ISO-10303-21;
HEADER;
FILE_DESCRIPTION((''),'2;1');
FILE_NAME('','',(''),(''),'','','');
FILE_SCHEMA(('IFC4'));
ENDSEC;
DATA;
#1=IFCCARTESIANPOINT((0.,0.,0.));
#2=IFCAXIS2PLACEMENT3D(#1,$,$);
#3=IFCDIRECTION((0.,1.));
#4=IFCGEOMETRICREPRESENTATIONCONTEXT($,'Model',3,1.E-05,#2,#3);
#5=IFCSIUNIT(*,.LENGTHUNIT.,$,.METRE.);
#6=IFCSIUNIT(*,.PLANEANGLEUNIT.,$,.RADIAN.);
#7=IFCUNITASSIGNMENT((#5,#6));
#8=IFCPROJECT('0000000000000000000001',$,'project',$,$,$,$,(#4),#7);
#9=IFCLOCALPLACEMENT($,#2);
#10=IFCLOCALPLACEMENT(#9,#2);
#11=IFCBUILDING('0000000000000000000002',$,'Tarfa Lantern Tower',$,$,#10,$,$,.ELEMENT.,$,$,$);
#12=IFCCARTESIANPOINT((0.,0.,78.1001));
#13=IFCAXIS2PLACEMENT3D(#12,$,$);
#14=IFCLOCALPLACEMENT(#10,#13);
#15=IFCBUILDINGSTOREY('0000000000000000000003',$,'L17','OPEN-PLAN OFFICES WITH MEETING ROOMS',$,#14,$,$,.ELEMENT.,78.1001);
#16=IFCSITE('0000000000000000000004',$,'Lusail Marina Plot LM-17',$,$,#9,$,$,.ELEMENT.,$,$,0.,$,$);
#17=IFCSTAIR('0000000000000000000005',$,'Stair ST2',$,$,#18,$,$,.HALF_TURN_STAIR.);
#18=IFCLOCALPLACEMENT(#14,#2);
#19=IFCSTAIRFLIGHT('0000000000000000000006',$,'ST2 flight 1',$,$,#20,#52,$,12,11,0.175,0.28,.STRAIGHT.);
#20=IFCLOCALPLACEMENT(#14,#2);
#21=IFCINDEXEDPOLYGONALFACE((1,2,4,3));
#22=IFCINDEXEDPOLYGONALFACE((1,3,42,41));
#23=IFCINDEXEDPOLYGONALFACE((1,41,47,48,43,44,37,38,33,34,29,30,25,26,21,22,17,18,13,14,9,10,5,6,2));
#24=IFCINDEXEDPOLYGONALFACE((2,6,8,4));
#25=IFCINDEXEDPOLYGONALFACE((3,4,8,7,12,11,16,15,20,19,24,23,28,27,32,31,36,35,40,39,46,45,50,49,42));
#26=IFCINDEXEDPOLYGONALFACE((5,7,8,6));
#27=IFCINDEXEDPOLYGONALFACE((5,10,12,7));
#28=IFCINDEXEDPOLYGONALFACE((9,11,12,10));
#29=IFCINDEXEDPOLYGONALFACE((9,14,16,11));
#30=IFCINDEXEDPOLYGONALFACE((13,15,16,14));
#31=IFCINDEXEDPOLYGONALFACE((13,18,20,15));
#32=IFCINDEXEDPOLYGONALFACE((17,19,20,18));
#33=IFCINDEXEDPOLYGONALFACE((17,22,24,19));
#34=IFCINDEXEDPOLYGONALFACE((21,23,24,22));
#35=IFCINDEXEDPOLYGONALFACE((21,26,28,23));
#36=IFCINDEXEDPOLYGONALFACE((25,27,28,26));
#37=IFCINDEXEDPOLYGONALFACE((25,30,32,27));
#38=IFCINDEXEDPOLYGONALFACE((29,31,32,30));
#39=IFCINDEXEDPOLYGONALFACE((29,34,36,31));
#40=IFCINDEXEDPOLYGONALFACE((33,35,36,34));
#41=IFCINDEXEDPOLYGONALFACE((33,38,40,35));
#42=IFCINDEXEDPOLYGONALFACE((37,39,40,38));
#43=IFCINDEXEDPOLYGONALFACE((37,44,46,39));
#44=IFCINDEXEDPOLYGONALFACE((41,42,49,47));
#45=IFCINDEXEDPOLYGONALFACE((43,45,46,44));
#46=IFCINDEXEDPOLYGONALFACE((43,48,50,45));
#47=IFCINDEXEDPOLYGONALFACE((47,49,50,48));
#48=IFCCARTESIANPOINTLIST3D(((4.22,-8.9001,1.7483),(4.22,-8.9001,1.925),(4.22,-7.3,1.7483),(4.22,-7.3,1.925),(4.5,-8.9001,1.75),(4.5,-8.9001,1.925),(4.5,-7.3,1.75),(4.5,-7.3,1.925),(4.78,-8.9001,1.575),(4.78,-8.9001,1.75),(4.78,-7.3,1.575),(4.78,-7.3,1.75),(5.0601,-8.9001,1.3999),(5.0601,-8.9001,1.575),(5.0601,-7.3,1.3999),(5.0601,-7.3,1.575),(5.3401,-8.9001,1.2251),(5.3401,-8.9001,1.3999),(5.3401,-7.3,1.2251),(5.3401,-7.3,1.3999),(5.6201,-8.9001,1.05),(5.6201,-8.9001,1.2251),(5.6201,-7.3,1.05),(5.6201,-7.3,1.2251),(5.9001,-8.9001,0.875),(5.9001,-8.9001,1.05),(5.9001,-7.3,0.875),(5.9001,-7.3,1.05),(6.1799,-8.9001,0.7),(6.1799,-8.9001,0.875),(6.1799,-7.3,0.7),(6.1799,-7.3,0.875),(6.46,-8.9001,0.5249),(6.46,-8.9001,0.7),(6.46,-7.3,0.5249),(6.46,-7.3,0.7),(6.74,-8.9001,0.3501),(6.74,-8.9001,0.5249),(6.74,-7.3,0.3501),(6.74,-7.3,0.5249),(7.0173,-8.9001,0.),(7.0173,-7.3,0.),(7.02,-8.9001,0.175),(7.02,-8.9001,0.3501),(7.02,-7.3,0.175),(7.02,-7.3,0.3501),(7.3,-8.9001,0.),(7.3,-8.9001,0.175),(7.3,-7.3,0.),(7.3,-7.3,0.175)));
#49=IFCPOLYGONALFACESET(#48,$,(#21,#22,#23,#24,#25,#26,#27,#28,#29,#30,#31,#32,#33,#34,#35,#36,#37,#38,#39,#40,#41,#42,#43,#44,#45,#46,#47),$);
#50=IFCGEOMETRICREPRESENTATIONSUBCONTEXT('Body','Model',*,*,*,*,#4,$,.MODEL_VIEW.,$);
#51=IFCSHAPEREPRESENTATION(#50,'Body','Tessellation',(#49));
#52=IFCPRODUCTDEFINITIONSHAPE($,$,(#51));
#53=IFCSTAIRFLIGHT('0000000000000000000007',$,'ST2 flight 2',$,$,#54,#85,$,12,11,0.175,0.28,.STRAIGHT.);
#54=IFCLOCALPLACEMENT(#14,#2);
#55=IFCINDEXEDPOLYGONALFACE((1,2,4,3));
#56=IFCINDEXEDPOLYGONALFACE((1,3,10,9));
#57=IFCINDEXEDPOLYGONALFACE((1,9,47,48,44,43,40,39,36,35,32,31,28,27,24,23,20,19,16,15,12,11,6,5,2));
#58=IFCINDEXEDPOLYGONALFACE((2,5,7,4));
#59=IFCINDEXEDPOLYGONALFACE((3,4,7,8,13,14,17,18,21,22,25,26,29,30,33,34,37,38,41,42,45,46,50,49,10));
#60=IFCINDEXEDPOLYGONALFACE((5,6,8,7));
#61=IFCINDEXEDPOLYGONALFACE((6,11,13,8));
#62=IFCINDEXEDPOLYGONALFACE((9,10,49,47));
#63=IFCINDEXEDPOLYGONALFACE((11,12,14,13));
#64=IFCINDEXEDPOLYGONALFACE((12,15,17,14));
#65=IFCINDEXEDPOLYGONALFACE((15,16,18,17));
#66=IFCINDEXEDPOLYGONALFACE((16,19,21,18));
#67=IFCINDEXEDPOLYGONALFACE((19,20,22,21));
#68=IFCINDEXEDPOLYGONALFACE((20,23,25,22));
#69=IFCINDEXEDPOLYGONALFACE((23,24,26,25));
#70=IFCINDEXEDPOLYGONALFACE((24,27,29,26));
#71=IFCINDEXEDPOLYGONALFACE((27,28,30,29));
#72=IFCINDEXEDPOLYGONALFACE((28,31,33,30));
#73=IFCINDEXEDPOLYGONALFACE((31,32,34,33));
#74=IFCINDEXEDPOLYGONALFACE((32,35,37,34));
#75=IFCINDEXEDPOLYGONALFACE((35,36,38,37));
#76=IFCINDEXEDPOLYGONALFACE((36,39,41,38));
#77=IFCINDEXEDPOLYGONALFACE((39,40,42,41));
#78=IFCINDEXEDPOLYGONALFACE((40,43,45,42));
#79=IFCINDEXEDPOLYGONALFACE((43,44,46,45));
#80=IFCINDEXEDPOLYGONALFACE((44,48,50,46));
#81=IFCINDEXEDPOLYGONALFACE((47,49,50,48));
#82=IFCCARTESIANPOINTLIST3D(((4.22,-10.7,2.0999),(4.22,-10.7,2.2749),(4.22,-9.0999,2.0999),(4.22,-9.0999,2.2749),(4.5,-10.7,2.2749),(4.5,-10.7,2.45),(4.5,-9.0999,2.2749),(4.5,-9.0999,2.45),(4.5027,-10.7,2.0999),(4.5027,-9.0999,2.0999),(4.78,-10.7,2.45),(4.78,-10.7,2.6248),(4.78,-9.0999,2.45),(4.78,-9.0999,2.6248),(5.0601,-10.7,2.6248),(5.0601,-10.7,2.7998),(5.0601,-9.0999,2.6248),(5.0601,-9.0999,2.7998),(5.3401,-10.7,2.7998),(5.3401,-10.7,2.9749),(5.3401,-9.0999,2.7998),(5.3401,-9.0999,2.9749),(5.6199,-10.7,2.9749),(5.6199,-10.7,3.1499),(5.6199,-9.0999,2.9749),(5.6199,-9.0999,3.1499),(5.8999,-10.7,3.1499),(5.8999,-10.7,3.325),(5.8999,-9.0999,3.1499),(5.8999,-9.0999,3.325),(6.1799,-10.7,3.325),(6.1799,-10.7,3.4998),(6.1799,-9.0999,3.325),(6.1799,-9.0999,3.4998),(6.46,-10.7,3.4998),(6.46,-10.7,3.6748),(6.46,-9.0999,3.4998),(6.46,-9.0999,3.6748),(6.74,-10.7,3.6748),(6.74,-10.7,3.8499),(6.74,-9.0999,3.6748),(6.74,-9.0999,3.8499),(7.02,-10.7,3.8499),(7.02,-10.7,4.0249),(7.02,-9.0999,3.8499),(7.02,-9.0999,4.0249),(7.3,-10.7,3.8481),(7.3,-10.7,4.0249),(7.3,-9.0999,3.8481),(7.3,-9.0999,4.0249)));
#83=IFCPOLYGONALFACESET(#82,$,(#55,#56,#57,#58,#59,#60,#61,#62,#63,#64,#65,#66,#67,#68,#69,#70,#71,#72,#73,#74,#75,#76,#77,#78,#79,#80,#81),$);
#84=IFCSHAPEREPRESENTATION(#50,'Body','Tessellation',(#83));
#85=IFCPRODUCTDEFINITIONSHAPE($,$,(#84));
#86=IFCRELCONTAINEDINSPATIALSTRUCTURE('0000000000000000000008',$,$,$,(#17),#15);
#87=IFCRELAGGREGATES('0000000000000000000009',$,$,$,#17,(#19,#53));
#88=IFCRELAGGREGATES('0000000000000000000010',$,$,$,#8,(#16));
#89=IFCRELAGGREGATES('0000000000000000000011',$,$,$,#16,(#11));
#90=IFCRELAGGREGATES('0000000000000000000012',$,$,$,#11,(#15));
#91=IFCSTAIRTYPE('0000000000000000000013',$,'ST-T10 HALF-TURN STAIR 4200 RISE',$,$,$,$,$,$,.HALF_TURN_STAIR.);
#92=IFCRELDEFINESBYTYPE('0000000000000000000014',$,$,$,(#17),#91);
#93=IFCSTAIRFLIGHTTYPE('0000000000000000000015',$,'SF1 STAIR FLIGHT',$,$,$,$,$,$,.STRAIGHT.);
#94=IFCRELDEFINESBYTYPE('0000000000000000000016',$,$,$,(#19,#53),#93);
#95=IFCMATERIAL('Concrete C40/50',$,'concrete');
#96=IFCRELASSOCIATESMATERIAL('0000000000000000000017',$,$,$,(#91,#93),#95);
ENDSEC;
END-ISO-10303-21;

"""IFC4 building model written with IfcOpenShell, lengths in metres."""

from ifc_helpers import new_model, si_unit, direction, frame, origin, place, context, subcontext, project, spatial, polyline, outline, extrude, material, type_object, element, aggregate, save


model = new_model("IFC4")

# Units and contexts
model_context = context("Model", 3, precision=1e-05, world=origin(), true_north=direction((0.0, 1.0)))
body_context = subcontext(model_context, "Body", "Model", "MODEL_VIEW")
ifc_project = project(units=[si_unit("LENGTHUNIT", "METRE"), si_unit("PLANEANGLEUNIT", "RADIAN")], contexts=[model_context])

# Site, building, storey
site_placement = place(None, origin())
site = spatial("IfcSite", under=ifc_project, at=site_placement, Name="Lusail Marina Plot LM-17", CompositionType="ELEMENT", RefElevation=0.0)
building_placement = place(site_placement, origin())
building = spatial("IfcBuilding", under=site, at=building_placement, Name="Tarfa Lantern Tower", CompositionType="ELEMENT")
storey_placement = place(building_placement, frame((0.0, 0.0, 78.1001)))
storey = spatial("IfcBuildingStorey", under=building, at=storey_placement, Name="L17", Description="OPEN-PLAN OFFICES WITH MEETING ROOMS", CompositionType="ELEMENT", Elevation=78.1001)

# Stair, stair flights
ifc_material_1 = material(Name="Concrete C40/50", Category="concrete")
stair_type = type_object("IfcStairType", Name="ST-T10 HALF-TURN STAIR 4200 RISE", PredefinedType="HALF_TURN_STAIR", material=ifc_material_1)
stair_placement = place(storey_placement, origin())
stair = element("IfcStair", 1, at=stair_placement, inside=storey, type_object=stair_type, Name="Stair ST2", PredefinedType="HALF_TURN_STAIR")
stair_flight_type = type_object("IfcStairFlightType", Name="SF1 STAIR FLIGHT", PredefinedType="STRAIGHT", material=ifc_material_1)
stair_flight_1_placement = place(storey_placement, frame((7.3, -8.1001, 0.0), z_axis=(0.0, 0.0, 1.0), x_axis=(-1.0, 0.0, 0.0)))
stair_flight_1 = element("IfcStairFlight", 2, at=stair_flight_1_placement, type_object=stair_flight_type, Name="ST2 flight 1", NumberOfRisers=12, NumberOfTreads=11, PredefinedType="STRAIGHT", RiserHeight=0.175, TreadLength=0.28, context=body_context, shape_type="SweptSolid", body=[
    extrude(outline(polyline([(0.0, 0.0), (0.0, 0.175), (0.28, 0.175), (0.28, 0.3501), (0.5601, 0.3501), (0.5601, 0.5249), (0.8401, 0.5249), (0.8401, 0.7), (1.1201, 0.7), (1.1201, 0.875), (1.3999, 0.875), (1.3999, 1.05), (1.6799, 1.05), (1.6799, 1.2251), (1.96, 1.2251), (1.96, 1.3999), (2.24, 1.3999), (2.24, 1.575), (2.52, 1.575), (2.52, 1.75), (2.8, 1.75), (2.8, 1.925), (3.0801, 1.925), (3.0801, 2.1001), (3.0801, 1.7483), (0.2827, 0.0), (0.0, 0.0)])), frame((0.0, 0.8, 0.0), z_axis=(0.0, -1.0, 0.0), x_axis=(1.0, 0.0, 0.0)), (0.0, 0.0, 1.0), 1.6001),
])
stair_flight_2_placement = place(storey_placement, frame((4.22, -9.8999, 2.0999), z_axis=(0.0, 0.0, 1.0), x_axis=(1.0, 0.0, 0.0)))
stair_flight_2 = element("IfcStairFlight", 3, at=stair_flight_2_placement, type_object=stair_flight_type, Name="ST2 flight 2", NumberOfRisers=12, NumberOfTreads=11, PredefinedType="STRAIGHT", RiserHeight=0.175, TreadLength=0.28, context=body_context, shape_type="SweptSolid", body=[
    extrude(outline(polyline([(0.0, 0.0), (0.0, 0.175), (0.28, 0.175), (0.28, 0.3501), (0.5601, 0.3501), (0.5601, 0.5249), (0.8401, 0.5249), (0.8401, 0.7), (1.1201, 0.7), (1.1201, 0.875), (1.3999, 0.875), (1.3999, 1.05), (1.6799, 1.05), (1.6799, 1.2251), (1.96, 1.2251), (1.96, 1.3999), (2.24, 1.3999), (2.24, 1.575), (2.52, 1.575), (2.52, 1.75), (2.8, 1.75), (2.8, 1.925), (3.0801, 1.925), (3.0801, 2.1001), (3.0801, 1.7483), (0.2827, 0.0), (0.0, 0.0)])), frame((0.0, 0.8, 0.0), z_axis=(0.0, -1.0, 0.0), x_axis=(1.0, 0.0, 0.0)), (0.0, 0.0, 1.0), 1.6001),
])
aggregate(stair, [stair_flight_1, stair_flight_2])

save(model, "model.ifc")
